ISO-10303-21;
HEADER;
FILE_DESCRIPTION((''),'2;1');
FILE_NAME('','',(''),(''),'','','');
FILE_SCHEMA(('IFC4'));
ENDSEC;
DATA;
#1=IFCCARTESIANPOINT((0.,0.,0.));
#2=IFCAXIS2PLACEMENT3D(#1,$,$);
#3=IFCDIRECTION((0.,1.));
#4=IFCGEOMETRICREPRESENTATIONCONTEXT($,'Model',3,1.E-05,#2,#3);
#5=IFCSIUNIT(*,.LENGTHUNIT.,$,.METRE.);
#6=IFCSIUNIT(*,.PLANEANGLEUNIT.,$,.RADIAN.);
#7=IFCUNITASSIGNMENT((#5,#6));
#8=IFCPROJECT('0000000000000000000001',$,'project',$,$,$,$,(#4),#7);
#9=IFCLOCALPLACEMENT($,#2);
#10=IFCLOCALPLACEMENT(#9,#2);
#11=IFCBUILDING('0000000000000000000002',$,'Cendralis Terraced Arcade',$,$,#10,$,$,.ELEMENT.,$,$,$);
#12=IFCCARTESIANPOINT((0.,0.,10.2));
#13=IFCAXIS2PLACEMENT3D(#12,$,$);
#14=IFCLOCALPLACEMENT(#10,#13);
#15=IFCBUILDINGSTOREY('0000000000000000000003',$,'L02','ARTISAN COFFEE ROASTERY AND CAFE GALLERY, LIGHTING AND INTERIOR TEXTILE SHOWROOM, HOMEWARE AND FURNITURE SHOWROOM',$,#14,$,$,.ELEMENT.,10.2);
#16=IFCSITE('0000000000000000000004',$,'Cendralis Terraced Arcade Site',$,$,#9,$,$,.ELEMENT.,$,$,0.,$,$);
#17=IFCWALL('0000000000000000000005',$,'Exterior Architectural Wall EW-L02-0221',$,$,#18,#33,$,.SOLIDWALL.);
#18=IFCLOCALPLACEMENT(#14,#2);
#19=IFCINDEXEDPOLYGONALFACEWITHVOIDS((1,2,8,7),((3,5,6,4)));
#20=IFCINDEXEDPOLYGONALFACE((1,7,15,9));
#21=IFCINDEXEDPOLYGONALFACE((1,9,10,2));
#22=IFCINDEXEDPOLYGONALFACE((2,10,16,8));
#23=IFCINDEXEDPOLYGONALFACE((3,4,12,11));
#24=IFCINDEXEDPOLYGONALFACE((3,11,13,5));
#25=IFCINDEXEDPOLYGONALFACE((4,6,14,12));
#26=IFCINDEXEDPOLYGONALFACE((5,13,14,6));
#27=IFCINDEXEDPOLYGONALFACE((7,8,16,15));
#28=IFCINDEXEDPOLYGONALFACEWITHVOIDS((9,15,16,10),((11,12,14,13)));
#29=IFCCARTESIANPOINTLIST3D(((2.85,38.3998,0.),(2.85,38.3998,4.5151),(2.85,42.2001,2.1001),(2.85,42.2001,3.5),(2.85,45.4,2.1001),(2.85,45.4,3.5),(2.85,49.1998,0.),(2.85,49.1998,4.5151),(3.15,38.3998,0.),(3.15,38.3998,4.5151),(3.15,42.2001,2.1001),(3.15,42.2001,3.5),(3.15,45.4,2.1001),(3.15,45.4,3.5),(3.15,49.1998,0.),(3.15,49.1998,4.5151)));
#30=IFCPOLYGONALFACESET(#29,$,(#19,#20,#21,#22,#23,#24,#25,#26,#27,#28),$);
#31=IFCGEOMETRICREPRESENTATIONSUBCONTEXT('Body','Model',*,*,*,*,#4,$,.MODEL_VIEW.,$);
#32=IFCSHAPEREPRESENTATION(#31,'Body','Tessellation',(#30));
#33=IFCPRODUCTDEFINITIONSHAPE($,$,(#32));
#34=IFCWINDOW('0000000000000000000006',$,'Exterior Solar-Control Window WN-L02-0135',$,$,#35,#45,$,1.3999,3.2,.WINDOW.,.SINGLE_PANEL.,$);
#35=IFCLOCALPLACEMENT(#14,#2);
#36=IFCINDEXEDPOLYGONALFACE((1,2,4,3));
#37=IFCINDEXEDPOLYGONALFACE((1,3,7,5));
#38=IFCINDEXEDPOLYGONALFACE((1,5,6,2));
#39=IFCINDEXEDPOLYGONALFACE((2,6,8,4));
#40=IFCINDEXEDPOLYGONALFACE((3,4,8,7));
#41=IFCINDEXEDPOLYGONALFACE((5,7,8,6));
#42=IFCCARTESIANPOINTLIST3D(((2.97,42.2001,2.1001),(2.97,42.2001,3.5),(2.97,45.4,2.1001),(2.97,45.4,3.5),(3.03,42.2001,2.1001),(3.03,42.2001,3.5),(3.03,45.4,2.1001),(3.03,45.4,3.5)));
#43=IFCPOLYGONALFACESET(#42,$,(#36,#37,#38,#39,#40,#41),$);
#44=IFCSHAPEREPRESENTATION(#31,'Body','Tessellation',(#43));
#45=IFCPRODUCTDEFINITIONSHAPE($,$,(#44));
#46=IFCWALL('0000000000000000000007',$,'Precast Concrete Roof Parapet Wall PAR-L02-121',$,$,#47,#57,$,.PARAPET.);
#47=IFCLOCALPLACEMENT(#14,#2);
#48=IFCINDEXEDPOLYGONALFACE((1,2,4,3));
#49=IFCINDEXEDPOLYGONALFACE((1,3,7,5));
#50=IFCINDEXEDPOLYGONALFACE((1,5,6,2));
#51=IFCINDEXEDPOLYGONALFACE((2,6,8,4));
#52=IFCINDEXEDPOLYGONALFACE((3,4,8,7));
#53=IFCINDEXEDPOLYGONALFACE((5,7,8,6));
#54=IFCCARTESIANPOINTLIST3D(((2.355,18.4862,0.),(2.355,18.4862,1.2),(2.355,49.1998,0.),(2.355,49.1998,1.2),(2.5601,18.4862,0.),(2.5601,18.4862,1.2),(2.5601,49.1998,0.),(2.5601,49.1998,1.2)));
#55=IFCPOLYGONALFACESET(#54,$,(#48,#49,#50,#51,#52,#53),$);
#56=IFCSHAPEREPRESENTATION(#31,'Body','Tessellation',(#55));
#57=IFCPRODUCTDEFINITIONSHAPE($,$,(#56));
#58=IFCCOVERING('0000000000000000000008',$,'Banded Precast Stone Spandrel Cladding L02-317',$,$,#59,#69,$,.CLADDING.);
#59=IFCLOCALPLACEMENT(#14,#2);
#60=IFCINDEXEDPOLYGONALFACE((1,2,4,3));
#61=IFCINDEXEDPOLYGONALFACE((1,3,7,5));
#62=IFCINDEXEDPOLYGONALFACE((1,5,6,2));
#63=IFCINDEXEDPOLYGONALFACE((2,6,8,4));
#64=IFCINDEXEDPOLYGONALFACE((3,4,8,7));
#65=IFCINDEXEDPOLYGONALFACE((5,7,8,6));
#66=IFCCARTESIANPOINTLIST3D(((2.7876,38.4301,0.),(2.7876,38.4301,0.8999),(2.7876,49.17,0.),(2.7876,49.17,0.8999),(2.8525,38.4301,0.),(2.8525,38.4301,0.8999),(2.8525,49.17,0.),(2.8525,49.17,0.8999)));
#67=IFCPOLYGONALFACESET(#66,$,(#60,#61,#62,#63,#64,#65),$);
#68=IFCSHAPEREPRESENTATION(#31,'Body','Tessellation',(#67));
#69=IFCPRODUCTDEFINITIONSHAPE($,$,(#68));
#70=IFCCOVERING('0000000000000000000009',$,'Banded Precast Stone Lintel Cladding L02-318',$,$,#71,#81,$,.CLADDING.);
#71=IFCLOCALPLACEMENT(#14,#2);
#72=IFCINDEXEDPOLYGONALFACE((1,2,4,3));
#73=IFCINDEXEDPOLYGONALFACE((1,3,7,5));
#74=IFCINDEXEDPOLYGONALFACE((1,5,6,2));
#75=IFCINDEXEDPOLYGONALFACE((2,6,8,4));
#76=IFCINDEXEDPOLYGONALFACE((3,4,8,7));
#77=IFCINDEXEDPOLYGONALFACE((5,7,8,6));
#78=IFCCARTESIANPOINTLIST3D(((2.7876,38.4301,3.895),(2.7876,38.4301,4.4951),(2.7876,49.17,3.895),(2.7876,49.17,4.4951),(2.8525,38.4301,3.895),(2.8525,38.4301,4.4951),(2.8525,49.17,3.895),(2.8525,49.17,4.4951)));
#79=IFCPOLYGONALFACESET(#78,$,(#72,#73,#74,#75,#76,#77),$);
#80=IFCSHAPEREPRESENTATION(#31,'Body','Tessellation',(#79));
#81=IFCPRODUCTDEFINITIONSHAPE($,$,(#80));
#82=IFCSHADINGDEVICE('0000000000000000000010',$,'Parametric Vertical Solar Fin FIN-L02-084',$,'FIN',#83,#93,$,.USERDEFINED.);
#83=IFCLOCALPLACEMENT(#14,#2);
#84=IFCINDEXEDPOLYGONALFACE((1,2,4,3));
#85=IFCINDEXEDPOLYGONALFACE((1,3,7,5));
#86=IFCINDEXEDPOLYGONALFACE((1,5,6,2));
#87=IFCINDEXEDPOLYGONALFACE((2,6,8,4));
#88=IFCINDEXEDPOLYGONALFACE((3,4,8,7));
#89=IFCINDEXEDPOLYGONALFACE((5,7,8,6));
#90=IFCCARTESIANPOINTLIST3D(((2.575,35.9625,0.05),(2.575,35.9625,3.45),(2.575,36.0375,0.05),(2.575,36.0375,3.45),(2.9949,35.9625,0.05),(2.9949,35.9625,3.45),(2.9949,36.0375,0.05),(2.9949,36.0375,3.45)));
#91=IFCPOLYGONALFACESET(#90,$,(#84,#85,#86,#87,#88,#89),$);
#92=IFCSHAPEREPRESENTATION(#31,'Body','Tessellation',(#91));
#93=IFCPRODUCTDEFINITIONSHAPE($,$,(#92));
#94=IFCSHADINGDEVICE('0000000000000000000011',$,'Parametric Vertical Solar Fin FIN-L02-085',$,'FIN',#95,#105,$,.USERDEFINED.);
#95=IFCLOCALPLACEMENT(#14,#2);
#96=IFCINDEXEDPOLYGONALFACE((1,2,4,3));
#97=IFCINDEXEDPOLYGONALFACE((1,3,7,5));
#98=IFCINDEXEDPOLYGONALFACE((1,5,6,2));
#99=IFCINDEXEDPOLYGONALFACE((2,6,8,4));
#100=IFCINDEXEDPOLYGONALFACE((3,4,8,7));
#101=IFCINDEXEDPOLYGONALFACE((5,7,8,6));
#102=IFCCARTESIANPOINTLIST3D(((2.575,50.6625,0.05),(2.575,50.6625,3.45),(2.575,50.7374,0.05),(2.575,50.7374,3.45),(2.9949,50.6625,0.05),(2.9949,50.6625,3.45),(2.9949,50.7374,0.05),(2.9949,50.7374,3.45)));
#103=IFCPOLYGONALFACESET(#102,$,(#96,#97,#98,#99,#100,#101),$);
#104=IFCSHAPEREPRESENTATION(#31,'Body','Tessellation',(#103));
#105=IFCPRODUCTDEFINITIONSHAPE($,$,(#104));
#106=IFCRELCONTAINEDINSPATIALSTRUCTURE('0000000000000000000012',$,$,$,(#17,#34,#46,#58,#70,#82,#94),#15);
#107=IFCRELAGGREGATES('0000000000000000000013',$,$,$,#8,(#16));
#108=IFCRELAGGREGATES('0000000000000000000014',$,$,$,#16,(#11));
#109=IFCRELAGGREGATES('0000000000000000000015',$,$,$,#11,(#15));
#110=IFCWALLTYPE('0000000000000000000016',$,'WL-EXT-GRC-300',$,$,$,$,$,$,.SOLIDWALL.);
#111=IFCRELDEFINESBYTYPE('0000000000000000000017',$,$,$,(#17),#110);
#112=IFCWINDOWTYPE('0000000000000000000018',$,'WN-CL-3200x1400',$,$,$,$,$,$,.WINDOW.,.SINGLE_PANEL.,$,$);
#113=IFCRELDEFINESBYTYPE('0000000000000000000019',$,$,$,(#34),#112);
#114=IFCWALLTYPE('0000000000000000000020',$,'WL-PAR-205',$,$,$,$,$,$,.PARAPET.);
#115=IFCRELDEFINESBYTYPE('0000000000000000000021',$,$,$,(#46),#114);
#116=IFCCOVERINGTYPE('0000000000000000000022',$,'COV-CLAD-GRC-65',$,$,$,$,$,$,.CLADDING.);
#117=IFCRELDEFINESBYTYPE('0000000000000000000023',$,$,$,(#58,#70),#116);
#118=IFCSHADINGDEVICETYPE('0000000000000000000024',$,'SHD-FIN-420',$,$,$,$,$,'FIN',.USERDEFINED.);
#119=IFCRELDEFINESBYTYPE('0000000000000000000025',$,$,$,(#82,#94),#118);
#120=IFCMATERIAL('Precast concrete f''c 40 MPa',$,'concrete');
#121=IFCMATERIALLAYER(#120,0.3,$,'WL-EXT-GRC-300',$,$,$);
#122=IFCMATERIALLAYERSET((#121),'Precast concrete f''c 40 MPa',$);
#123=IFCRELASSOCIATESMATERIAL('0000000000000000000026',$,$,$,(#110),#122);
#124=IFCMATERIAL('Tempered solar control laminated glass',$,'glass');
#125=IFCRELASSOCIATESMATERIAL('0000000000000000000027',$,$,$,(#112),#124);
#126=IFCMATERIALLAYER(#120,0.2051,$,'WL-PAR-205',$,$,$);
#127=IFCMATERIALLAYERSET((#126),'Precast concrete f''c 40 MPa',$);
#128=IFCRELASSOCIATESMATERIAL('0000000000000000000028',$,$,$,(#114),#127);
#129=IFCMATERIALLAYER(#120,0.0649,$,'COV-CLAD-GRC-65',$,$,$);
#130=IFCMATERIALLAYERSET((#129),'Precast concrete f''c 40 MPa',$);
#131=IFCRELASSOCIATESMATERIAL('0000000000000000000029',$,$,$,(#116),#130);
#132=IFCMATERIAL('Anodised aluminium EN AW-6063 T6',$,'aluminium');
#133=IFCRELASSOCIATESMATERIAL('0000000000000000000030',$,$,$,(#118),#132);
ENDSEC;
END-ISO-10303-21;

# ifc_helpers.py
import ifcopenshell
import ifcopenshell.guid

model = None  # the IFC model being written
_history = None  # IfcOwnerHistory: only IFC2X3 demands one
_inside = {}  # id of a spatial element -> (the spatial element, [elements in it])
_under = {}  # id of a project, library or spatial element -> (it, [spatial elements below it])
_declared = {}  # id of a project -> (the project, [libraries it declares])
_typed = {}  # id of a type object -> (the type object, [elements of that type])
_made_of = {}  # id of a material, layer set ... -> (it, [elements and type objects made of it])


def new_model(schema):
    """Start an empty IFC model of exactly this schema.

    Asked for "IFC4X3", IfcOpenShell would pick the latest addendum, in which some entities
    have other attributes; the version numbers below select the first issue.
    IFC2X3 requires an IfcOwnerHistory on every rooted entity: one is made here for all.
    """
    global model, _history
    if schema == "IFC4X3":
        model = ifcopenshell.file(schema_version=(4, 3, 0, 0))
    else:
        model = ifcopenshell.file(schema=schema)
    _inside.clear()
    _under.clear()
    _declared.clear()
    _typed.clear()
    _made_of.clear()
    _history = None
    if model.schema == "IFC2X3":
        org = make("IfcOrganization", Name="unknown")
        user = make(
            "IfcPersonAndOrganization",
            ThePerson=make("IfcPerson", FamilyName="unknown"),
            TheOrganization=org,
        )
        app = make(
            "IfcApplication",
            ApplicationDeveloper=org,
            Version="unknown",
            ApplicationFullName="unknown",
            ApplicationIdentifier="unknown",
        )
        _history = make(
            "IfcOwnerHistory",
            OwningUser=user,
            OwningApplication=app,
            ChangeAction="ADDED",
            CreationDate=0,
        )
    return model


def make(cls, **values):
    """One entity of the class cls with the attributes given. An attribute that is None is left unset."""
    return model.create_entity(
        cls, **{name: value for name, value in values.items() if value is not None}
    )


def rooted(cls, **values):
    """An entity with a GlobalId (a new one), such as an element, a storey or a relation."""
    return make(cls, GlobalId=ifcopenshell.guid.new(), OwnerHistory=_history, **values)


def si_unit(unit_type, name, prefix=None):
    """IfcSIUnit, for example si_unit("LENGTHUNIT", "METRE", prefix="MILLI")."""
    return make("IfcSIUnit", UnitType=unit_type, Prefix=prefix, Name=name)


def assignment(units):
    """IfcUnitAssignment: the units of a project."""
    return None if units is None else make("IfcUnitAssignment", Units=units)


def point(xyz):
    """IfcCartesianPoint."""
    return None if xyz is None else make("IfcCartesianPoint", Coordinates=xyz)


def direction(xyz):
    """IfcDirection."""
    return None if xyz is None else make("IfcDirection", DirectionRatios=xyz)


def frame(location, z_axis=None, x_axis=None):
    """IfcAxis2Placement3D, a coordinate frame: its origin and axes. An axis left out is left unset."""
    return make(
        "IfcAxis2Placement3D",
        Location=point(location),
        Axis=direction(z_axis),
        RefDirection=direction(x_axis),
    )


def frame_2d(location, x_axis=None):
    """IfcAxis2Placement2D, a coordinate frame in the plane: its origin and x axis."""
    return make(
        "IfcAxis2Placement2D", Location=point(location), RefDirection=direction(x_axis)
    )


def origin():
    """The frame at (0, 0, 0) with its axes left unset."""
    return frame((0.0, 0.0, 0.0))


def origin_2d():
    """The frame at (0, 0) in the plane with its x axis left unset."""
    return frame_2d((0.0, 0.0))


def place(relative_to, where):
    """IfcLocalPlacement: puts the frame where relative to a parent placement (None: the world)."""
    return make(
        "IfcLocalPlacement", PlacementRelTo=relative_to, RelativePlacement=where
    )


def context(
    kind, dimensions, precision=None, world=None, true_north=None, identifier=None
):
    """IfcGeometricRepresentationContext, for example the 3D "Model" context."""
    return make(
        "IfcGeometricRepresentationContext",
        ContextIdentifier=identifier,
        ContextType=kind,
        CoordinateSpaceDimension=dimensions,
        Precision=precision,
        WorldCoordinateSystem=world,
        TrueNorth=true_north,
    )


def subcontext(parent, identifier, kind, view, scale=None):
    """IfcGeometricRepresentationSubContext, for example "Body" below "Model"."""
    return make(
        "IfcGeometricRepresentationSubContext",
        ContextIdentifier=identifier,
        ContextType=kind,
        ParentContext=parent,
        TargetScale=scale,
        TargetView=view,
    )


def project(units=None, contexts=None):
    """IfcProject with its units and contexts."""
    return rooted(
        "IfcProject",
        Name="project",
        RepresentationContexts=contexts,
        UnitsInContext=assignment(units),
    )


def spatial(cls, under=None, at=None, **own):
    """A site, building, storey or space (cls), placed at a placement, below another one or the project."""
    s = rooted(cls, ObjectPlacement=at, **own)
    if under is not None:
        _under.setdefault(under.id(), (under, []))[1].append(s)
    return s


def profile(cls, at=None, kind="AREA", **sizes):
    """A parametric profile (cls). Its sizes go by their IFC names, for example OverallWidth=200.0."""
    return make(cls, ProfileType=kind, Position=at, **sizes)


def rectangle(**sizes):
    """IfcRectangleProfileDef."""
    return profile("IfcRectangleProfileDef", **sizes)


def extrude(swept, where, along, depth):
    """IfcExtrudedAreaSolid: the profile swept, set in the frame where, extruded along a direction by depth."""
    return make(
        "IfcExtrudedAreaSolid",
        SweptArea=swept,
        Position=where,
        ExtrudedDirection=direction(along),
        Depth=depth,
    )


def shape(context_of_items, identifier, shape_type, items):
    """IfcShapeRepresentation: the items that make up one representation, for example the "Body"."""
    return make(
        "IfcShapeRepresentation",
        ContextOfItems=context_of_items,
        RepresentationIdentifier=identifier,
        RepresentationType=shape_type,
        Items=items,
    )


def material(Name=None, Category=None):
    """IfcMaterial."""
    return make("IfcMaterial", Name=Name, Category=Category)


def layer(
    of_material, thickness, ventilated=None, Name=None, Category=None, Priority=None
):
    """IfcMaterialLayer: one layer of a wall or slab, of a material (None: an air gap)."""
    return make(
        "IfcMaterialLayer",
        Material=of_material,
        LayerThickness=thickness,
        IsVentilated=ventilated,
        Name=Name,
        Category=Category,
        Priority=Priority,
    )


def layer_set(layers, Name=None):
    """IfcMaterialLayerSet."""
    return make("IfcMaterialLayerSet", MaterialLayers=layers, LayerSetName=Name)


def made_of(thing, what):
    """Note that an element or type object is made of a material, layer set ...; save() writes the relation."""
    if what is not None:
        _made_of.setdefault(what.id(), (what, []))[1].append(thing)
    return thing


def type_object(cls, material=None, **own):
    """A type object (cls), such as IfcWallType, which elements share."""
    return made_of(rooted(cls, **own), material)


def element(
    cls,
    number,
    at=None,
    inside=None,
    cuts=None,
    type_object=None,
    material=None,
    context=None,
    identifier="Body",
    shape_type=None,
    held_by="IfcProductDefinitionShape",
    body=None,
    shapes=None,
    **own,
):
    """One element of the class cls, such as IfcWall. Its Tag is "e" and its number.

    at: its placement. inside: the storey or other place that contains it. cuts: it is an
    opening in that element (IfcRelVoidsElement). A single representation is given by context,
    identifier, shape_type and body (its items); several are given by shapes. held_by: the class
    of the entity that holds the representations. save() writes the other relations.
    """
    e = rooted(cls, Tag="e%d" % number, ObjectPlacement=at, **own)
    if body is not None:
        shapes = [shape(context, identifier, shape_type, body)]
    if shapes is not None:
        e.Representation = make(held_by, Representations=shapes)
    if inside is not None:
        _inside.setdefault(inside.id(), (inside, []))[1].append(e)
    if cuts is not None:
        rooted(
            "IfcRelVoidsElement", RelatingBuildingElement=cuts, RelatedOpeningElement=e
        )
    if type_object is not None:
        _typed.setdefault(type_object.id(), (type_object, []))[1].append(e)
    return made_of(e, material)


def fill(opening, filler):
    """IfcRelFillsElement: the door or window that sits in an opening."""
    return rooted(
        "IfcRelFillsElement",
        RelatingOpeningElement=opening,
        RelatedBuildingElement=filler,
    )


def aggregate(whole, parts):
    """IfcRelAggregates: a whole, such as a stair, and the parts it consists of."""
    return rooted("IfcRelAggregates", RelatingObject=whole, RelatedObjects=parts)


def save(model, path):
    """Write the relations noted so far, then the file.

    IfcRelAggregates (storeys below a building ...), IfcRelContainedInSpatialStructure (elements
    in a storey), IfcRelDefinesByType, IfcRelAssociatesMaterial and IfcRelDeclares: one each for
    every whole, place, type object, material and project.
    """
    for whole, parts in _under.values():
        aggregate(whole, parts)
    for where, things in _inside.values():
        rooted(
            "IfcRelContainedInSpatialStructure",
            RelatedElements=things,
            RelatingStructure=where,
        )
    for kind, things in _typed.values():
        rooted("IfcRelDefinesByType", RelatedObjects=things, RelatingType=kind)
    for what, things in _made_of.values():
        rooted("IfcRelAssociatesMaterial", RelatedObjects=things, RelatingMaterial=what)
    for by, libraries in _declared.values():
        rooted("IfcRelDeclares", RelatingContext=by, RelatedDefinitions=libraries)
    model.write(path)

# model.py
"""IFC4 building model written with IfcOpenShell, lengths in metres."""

from ifc_helpers import new_model, si_unit, direction, frame, frame_2d, origin, origin_2d, place, context, subcontext, project, spatial, rectangle, extrude, material, layer, layer_set, type_object, element, fill, save


model = new_model("IFC4")

# Units and contexts
model_context = context("Model", 3, precision=1e-05, world=origin(), true_north=direction((0.0, 1.0)))
body_context = subcontext(model_context, "Body", "Model", "MODEL_VIEW")
ifc_project = project(units=[si_unit("LENGTHUNIT", "METRE"), si_unit("PLANEANGLEUNIT", "RADIAN")], contexts=[model_context])

# Site, building, storey
site_placement = place(None, origin())
site = spatial("IfcSite", under=ifc_project, at=site_placement, Name="Cendralis Terraced Arcade Site", CompositionType="ELEMENT", RefElevation=0.0)
building_placement = place(site_placement, origin())
building = spatial("IfcBuilding", under=site, at=building_placement, Name="Cendralis Terraced Arcade", CompositionType="ELEMENT")
storey_placement = place(building_placement, frame((0.0, 0.0, 10.2)))
storey = spatial("IfcBuildingStorey", under=building, at=storey_placement, Name="L02", Description="ARTISAN COFFEE ROASTERY AND CAFE GALLERY, LIGHTING AND INTERIOR TEXTILE SHOWROOM, HOMEWARE AND FURNITURE SHOWROOM", CompositionType="ELEMENT", Elevation=10.2)

# Shared definitions
ifc_material_1 = material(Name="Anodised aluminium EN AW-6063 T6", Category="aluminium")
ifc_material_2 = material(Name="Tempered solar control laminated glass", Category="glass")

# Wall, opening, window
ifc_material_3 = material(Name="Precast concrete f'c 40 MPa", Category="concrete")
ifc_layer_1 = layer(ifc_material_3, 0.3, Name="WL-EXT-GRC-300")
ifc_layer_set_1 = layer_set([ifc_layer_1], Name="Precast concrete f'c 40 MPa")
wall_type_1 = type_object("IfcWallType", Name="WL-EXT-GRC-300", PredefinedType="SOLIDWALL", material=ifc_layer_set_1)
wall_1_placement = place(storey_placement, frame((3.0, 38.3999, 0.0), z_axis=(0.0, 0.0, 1.0), x_axis=(0.0, 1.0, 0.0)))
wall_1 = element("IfcWall", 1, at=wall_1_placement, inside=storey, type_object=wall_type_1, Name="Exterior Architectural Wall EW-L02-0221", PredefinedType="SOLIDWALL", context=body_context, shape_type="SweptSolid", body=[
    extrude(rectangle(XDim=10.8, YDim=0.3, at=frame_2d((5.3999, 0.0))), origin(), (0.0, 0.0, 1.0), 4.5151),
])
opening_placement = place(wall_1_placement, frame((3.8, 0.0, 2.1001)))
opening = element("IfcOpeningElement", 2, at=opening_placement, cuts=wall_1, PredefinedType="OPENING", context=body_context, shape_type="SweptSolid", body=[
    extrude(rectangle(XDim=3.2, YDim=1.3999, at=frame_2d((1.6001, 0.7))), frame((0.0, 0.1621, 0.0), z_axis=(0.0, -1.0, 0.0), x_axis=(1.0, 0.0, 0.0)), (0.0, 0.0, 1.0), 0.324),
])
window_type = type_object("IfcWindowType", Name="WN-CL-3200x1400", PartitioningType="SINGLE_PANEL", PredefinedType="WINDOW", material=ifc_material_2)
window_placement = place(opening_placement, origin())
window = element("IfcWindow", 3, at=window_placement, inside=storey, type_object=window_type, Name="Exterior Solar-Control Window WN-L02-0135", OverallHeight=1.3999, OverallWidth=3.2, PartitioningType="SINGLE_PANEL", PredefinedType="WINDOW", context=body_context, shape_type="SweptSolid", body=[
    extrude(rectangle(XDim=3.2, YDim=1.3999, at=frame_2d((1.6001, 0.7))), frame((0.0, 0.03, 0.0), z_axis=(0.0, -1.0, 0.0), x_axis=(1.0, 0.0, 0.0)), (0.0, 0.0, 1.0), 0.0601),
])
fill(opening, window)

# Wall
ifc_layer_2 = layer(ifc_material_3, 0.2051, Name="WL-PAR-205")
ifc_layer_set_2 = layer_set([ifc_layer_2], Name="Precast concrete f'c 40 MPa")
wall_type_2 = type_object("IfcWallType", Name="WL-PAR-205", PredefinedType="PARAPET", material=ifc_layer_set_2)
wall_2_placement = place(storey_placement, frame((2.4575, 49.2, 0.0), z_axis=(0.0, 0.0, 1.0), x_axis=(0.0, -1.0, 0.0)))
element("IfcWall", 4, at=wall_2_placement, inside=storey, type_object=wall_type_2, Name="Precast Concrete Roof Parapet Wall PAR-L02-121", PredefinedType="PARAPET", context=body_context, shape_type="SweptSolid", body=[
    extrude(rectangle(XDim=30.7136, YDim=0.2051, at=frame_2d((15.3569, 0.0))), origin(), (0.0, 0.0, 1.0), 1.2),
])

# Coverings
ifc_layer_3 = layer(ifc_material_3, 0.0649, Name="COV-CLAD-GRC-65")
ifc_layer_set_3 = layer_set([ifc_layer_3], Name="Precast concrete f'c 40 MPa")
covering_type = type_object("IfcCoveringType", Name="COV-CLAD-GRC-65", PredefinedType="CLADDING", material=ifc_layer_set_3)
covering_1_placement = place(storey_placement, frame((2.8201, 43.8, 0.0), z_axis=(0.0, 0.0, 1.0), x_axis=(0.0, 1.0, 0.0)))
element("IfcCovering", 5, at=covering_1_placement, inside=storey, type_object=covering_type, Name="Banded Precast Stone Spandrel Cladding L02-317", PredefinedType="CLADDING", context=body_context, shape_type="SweptSolid", body=[
    extrude(rectangle(XDim=10.74, YDim=0.0649, at=origin_2d()), origin(), (0.0, 0.0, 1.0), 0.8999),
])
covering_2_placement = place(storey_placement, frame((2.8201, 43.8, 3.895), z_axis=(0.0, 0.0, 1.0), x_axis=(0.0, 1.0, 0.0)))
element("IfcCovering", 6, at=covering_2_placement, inside=storey, type_object=covering_type, Name="Banded Precast Stone Lintel Cladding L02-318", PredefinedType="CLADDING", context=body_context, shape_type="SweptSolid", body=[
    extrude(rectangle(XDim=10.74, YDim=0.0649, at=origin_2d()), origin(), (0.0, 0.0, 1.0), 0.6001),
])

# Shading devices
shading_device_type = type_object("IfcShadingDeviceType", Name="SHD-FIN-420", ElementType="FIN", PredefinedType="USERDEFINED", material=ifc_material_1)
for number, where, z_axis, x_axis, name in (
    (7, (2.7849, 36.0, 0.05), (0.0, 0.0, 1.0), (0.0, 1.0, 0.0), "Parametric Vertical Solar Fin FIN-L02-084"),
    (8, (2.7849, 50.7, 0.05), (0.0, 0.0, 1.0), (0.0, 1.0, 0.0), "Parametric Vertical Solar Fin FIN-L02-085"),
):
    element("IfcShadingDevice", number, at=place(storey_placement, frame(where, z_axis=z_axis, x_axis=x_axis)), inside=storey, type_object=shading_device_type, Name=name, ObjectType="FIN", PredefinedType="USERDEFINED", context=body_context, shape_type="SweptSolid", body=[
        extrude(rectangle(XDim=0.075, YDim=0.4199, at=origin_2d()), origin(), (0.0, 0.0, 1.0), 3.3999),
    ])

save(model, "model.ifc")
